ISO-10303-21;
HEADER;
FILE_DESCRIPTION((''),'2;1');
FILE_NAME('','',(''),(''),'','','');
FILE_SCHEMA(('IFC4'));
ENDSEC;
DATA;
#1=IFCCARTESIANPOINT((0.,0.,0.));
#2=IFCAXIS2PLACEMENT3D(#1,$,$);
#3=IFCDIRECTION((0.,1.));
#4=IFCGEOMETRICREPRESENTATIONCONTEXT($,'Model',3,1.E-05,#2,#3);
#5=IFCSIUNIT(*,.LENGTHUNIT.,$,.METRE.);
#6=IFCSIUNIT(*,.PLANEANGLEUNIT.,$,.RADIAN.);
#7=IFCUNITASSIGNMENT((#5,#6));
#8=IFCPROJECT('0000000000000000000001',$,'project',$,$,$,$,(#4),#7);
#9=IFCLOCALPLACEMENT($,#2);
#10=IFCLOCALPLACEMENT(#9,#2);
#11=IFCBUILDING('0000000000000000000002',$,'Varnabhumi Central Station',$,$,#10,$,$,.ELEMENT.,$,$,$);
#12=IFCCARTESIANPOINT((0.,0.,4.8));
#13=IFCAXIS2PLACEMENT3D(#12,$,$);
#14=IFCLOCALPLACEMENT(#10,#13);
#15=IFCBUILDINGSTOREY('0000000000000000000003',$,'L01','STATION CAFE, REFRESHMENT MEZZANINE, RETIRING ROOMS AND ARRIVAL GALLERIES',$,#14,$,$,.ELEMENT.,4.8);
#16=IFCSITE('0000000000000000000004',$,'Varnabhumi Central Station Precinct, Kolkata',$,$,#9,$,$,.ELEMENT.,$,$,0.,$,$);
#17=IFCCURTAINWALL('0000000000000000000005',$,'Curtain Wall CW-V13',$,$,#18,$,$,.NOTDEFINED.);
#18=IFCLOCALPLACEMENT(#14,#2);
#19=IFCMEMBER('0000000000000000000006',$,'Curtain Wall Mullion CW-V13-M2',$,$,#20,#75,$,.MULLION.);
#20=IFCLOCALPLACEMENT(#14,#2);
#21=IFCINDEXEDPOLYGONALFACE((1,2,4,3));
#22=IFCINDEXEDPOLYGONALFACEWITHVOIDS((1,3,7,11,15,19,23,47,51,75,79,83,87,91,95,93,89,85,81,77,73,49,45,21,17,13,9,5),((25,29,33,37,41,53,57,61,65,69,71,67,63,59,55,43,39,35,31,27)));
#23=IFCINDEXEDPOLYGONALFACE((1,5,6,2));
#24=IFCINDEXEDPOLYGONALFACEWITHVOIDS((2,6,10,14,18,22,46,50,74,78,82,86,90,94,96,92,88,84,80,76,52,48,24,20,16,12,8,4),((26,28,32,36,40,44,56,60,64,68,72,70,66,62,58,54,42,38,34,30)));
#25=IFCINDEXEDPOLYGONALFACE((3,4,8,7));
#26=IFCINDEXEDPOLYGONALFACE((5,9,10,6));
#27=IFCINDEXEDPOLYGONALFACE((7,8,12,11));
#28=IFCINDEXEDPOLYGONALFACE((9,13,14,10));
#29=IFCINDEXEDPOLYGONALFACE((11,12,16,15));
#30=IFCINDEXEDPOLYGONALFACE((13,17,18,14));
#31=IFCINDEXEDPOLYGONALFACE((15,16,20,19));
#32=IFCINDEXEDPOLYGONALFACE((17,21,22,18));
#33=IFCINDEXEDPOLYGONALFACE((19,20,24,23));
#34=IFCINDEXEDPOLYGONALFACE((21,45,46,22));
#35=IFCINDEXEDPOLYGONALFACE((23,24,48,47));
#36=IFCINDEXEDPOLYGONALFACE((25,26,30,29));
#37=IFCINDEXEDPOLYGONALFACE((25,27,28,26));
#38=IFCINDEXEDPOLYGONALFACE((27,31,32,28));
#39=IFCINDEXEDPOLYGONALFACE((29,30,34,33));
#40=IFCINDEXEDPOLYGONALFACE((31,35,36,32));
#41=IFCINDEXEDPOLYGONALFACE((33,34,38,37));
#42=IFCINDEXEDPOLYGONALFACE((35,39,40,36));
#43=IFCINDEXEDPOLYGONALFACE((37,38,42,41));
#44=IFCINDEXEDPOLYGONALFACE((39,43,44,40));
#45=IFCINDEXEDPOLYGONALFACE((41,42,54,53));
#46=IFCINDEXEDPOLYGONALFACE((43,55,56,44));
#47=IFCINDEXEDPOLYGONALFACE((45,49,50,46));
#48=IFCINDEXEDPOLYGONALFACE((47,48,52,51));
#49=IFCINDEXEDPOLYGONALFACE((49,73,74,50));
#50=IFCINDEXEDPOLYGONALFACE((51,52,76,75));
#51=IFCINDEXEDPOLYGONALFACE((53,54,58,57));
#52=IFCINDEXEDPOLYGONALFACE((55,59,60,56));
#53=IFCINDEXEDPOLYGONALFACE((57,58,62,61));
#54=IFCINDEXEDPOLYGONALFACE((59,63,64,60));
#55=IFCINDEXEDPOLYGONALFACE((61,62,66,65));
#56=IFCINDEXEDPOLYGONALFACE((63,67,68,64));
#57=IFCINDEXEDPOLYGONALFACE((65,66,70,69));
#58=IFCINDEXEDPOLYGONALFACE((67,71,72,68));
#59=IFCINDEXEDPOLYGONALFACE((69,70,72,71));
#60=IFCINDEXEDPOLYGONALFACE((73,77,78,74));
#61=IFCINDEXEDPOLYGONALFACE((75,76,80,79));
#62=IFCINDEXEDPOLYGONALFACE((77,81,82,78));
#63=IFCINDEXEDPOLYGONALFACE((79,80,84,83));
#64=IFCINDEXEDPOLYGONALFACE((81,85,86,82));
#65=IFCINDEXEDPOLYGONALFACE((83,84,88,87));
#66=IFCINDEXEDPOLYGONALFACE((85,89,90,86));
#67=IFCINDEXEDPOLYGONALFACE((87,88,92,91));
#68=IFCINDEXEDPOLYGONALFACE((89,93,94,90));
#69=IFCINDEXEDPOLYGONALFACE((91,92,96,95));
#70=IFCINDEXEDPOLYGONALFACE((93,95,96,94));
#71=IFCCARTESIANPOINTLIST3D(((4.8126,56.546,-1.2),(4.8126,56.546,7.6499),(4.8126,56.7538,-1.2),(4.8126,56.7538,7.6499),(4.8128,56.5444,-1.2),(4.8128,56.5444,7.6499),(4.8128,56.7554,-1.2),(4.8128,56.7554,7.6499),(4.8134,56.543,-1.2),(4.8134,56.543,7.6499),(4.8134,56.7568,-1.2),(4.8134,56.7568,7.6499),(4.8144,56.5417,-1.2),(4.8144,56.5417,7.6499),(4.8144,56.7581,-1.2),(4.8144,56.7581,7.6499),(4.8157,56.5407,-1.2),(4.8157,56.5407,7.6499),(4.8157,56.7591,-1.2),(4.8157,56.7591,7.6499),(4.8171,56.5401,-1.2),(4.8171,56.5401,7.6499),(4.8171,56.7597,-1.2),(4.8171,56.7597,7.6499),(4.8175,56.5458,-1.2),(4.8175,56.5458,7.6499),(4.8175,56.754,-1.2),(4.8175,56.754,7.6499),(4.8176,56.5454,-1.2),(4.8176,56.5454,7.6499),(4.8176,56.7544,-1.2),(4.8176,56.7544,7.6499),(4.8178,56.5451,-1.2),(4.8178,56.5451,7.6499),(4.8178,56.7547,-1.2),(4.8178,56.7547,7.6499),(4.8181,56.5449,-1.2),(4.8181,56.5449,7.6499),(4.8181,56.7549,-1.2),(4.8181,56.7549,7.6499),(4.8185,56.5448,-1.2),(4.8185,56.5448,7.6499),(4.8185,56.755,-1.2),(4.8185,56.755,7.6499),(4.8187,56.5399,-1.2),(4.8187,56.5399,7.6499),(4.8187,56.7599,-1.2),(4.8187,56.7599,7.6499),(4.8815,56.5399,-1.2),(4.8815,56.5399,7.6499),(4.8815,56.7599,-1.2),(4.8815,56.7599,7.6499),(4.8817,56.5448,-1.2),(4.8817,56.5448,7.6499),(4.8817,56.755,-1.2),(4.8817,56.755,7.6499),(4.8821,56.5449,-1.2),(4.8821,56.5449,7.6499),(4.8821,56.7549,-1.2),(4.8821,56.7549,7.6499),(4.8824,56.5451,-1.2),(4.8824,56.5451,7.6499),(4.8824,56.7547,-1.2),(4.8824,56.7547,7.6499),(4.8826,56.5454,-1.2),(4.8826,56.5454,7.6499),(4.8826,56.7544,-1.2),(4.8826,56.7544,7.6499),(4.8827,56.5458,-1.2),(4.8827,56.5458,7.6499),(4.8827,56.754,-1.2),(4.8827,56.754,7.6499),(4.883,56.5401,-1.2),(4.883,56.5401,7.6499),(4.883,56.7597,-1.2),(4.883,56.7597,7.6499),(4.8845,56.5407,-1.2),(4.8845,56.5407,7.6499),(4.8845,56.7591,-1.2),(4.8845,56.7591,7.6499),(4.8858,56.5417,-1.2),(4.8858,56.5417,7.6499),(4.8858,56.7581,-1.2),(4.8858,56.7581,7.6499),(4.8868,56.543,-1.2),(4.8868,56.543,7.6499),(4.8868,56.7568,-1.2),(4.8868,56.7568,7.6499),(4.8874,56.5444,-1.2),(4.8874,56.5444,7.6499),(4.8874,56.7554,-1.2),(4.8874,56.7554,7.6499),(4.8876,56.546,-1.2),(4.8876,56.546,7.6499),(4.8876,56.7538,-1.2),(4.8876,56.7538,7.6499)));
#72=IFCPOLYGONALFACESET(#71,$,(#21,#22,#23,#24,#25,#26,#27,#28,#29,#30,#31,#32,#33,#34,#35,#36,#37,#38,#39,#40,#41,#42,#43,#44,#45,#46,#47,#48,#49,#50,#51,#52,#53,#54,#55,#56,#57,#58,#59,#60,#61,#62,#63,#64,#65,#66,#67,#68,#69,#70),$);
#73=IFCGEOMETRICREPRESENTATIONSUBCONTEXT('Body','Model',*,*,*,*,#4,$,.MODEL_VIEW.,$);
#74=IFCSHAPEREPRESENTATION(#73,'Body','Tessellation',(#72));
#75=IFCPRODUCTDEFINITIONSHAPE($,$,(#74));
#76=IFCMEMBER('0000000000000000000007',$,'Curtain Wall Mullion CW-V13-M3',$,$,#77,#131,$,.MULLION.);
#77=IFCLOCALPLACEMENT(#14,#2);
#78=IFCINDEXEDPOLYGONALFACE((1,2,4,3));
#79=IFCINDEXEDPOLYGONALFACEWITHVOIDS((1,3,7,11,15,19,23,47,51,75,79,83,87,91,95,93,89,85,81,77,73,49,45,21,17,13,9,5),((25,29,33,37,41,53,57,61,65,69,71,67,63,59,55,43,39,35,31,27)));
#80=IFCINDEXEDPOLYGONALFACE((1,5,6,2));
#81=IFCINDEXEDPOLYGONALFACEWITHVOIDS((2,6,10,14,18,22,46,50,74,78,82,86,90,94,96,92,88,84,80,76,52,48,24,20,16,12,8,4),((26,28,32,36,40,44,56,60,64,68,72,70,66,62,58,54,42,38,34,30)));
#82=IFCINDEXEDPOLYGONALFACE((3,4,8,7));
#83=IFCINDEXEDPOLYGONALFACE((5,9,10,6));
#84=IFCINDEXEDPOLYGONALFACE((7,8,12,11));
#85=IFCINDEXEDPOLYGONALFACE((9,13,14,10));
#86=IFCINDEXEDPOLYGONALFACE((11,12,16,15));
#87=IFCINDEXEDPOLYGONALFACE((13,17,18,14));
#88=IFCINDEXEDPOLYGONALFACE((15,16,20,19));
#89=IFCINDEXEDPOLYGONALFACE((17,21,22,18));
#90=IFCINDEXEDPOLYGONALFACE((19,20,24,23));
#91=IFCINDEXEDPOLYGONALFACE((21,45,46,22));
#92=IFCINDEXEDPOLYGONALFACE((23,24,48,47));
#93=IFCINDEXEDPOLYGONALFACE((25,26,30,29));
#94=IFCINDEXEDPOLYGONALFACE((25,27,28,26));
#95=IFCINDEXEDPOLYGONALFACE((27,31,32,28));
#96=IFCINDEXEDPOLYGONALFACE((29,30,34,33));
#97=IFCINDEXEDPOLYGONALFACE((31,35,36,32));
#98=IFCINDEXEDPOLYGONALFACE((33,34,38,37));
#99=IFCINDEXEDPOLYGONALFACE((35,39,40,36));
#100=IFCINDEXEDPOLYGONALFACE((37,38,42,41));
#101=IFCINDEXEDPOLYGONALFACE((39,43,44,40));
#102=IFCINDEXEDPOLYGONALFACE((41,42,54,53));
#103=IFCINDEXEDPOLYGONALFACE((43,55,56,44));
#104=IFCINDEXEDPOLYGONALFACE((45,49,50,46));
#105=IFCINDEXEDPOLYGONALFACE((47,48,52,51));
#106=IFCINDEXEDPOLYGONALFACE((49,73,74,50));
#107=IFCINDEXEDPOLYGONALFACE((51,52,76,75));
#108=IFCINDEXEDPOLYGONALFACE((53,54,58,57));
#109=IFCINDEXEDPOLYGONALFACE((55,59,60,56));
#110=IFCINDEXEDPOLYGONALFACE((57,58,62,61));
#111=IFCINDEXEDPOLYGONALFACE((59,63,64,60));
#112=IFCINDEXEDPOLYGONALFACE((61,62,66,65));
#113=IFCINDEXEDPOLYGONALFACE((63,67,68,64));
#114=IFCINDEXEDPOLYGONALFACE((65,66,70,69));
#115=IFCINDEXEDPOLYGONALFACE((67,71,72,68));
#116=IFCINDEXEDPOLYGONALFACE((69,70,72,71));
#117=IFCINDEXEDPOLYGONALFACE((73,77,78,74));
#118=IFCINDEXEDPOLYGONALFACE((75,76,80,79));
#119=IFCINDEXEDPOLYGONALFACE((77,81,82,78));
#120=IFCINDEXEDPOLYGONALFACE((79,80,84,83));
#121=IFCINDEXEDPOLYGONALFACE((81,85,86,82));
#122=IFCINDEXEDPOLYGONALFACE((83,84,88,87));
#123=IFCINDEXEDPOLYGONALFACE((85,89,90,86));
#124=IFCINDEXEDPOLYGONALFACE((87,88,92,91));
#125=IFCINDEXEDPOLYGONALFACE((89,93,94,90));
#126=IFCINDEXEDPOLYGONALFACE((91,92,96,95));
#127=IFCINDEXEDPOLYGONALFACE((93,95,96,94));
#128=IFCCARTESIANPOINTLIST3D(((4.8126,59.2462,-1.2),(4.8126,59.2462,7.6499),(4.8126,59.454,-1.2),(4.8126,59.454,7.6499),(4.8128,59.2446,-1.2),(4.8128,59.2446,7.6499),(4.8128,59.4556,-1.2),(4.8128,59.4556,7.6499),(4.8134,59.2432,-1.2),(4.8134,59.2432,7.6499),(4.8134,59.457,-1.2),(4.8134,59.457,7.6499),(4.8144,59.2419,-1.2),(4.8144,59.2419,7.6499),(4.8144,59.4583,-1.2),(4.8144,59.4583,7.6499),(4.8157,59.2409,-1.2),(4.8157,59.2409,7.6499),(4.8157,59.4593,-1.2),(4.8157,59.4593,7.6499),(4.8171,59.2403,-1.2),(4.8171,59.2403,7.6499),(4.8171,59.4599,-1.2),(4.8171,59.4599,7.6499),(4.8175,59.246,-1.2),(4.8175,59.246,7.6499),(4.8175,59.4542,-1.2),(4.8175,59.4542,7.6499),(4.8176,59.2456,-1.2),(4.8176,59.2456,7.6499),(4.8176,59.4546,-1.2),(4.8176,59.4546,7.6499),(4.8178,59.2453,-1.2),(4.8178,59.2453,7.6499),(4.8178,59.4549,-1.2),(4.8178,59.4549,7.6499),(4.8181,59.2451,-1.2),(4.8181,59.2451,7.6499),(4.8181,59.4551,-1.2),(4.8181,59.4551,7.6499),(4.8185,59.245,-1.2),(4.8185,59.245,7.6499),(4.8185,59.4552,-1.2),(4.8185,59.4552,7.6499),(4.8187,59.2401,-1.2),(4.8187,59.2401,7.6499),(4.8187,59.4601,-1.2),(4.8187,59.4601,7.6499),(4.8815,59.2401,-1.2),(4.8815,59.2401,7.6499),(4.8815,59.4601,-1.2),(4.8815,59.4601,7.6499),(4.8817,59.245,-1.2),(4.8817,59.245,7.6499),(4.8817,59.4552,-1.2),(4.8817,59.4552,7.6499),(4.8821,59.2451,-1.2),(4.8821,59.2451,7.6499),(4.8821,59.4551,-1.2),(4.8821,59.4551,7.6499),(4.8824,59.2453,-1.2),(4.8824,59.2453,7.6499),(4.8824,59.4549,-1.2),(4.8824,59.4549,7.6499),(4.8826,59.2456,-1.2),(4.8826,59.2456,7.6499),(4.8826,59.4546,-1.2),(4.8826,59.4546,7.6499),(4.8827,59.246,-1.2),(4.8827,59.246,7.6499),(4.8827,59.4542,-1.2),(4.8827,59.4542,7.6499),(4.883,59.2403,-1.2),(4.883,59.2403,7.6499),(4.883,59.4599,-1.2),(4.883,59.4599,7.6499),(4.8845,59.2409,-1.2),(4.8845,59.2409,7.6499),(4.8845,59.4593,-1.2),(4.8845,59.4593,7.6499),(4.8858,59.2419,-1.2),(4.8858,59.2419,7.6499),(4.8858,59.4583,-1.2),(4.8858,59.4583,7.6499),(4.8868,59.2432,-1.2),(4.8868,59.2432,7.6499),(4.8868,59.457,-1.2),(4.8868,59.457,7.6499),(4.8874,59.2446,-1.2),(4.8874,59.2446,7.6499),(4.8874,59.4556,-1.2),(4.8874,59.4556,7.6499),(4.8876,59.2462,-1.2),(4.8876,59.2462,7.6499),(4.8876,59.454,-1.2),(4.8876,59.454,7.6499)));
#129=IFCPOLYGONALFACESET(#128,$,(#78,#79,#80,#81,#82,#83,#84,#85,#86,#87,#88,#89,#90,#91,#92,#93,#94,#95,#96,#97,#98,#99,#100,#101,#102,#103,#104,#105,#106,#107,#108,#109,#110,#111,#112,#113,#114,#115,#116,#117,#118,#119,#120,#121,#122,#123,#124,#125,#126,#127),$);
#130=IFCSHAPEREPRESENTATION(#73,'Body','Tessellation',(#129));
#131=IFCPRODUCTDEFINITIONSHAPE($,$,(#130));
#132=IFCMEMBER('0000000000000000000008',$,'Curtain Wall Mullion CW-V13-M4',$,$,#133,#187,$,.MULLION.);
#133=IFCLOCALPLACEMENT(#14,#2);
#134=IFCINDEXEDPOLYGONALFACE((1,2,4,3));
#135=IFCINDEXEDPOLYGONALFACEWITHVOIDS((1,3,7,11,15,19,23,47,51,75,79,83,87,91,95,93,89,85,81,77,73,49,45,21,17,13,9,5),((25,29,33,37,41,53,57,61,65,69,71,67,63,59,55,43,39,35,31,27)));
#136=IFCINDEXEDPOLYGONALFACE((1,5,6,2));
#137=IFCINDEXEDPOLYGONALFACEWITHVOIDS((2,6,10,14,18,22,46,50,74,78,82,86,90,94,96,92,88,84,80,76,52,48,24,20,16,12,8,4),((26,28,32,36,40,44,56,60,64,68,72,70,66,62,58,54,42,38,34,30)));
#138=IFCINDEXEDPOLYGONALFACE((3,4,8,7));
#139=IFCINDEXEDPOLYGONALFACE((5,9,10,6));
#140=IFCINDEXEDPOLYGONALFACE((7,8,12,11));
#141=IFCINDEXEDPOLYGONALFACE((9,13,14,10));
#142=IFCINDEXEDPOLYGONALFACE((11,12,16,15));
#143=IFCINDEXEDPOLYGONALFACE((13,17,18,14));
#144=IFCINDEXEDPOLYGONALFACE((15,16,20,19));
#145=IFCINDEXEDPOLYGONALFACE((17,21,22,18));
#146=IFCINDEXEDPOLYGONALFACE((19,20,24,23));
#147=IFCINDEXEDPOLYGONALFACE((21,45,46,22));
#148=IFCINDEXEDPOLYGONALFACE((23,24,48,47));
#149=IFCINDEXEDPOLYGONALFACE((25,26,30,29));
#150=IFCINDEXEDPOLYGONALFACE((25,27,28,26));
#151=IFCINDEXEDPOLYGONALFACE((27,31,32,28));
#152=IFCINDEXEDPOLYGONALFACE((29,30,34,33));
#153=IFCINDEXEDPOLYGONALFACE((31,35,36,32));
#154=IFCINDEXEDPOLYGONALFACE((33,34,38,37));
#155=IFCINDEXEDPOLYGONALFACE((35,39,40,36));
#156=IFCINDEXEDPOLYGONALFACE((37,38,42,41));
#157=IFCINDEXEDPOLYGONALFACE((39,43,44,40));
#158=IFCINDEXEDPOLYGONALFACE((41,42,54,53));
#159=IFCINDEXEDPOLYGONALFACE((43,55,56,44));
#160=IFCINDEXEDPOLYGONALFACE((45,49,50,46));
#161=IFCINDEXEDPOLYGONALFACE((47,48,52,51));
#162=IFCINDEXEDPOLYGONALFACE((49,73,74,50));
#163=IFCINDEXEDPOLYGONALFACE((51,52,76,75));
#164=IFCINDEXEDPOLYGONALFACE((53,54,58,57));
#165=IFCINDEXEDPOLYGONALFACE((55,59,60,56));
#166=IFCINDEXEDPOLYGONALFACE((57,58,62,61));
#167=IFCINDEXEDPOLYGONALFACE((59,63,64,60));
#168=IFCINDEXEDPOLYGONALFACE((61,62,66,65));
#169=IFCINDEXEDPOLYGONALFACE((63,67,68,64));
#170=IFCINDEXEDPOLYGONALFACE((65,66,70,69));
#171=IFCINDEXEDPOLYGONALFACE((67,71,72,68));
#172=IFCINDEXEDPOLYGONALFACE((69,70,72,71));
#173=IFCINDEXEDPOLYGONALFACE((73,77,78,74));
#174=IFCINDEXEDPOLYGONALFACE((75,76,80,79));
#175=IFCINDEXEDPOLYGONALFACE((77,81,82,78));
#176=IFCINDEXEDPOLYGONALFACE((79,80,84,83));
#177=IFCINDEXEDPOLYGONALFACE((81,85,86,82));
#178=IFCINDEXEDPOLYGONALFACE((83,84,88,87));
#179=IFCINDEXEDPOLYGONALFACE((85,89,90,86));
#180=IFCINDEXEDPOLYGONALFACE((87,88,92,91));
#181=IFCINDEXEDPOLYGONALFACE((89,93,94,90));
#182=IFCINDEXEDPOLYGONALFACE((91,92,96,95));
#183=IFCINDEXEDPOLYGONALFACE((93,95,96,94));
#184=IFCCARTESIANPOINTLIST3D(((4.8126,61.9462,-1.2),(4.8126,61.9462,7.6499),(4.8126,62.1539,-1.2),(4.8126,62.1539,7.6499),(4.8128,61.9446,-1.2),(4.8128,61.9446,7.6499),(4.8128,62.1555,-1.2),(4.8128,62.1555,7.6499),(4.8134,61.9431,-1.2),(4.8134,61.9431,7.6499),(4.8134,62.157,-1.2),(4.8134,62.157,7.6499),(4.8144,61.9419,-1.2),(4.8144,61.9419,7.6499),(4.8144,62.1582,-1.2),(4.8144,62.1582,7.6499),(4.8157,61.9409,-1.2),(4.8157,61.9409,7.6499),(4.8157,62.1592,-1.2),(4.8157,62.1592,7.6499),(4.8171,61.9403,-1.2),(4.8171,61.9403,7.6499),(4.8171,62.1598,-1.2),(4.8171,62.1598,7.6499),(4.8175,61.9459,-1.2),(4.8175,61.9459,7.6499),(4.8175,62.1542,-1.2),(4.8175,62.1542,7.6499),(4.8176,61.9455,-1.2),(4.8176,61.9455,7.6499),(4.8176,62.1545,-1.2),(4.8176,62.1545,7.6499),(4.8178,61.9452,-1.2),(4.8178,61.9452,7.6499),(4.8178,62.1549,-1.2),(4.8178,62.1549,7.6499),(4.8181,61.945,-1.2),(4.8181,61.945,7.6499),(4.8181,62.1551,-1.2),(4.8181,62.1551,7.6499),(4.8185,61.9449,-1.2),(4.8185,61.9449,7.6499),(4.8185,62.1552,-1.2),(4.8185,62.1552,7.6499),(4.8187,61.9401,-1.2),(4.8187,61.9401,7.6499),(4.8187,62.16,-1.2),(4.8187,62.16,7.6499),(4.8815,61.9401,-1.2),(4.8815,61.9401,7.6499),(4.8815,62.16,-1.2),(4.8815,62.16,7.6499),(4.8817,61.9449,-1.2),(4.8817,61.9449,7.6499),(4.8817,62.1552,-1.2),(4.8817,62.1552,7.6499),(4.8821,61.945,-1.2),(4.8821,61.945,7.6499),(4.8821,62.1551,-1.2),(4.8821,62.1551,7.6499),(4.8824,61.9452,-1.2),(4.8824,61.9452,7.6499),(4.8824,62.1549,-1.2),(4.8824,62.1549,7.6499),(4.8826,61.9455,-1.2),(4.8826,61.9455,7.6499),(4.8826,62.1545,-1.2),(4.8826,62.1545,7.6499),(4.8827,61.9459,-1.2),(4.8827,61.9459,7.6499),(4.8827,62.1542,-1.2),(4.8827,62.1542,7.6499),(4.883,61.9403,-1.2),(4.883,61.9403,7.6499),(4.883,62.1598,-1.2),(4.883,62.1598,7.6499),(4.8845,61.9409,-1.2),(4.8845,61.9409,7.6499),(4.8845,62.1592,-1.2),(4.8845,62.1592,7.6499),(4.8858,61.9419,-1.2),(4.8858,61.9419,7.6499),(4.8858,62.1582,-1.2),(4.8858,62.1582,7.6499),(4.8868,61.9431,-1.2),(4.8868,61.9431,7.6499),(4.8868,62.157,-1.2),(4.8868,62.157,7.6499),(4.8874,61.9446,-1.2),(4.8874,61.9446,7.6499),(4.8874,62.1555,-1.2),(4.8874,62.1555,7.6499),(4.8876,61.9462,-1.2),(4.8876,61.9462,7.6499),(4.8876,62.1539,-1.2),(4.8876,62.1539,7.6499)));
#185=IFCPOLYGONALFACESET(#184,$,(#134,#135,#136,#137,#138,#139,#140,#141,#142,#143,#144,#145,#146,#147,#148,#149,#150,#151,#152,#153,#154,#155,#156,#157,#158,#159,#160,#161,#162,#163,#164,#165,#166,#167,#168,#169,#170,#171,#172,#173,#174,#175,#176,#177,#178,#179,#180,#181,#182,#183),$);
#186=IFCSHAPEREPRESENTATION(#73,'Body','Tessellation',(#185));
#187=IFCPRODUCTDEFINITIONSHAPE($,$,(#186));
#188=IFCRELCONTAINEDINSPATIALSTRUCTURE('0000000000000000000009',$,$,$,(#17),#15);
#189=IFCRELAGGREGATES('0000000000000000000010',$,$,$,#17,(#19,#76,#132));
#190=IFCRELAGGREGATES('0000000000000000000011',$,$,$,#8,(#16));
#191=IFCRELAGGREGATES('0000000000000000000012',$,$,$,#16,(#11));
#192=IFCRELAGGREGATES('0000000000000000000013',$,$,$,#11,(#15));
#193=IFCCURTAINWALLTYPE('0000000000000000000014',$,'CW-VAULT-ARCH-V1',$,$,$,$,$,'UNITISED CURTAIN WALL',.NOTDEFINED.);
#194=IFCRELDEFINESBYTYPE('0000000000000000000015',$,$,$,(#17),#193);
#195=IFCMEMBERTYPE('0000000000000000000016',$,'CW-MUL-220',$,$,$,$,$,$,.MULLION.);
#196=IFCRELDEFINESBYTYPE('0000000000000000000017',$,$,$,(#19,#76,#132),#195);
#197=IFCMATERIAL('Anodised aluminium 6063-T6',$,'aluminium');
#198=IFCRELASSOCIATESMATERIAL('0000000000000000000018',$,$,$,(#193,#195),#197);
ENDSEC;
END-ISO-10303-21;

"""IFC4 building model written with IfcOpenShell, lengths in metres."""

from ifc_helpers import new_model, si_unit, direction, frame, origin, origin_2d, place, context, subcontext, project, spatial, hollow_rectangle, extrude, material, material_profile, profile_set, type_object, element, aggregate, save


model = new_model("IFC4")

# Units and contexts
model_context = context("Model", 3, precision=1e-05, world=origin(), true_north=direction((0.0, 1.0)))
body_context = subcontext(model_context, "Body", "Model", "MODEL_VIEW")
ifc_project = project(units=[si_unit("LENGTHUNIT", "METRE"), si_unit("PLANEANGLEUNIT", "RADIAN")], contexts=[model_context])

# Site, building, storey
site_placement = place(None, origin())
site = spatial("IfcSite", under=ifc_project, at=site_placement, Name="Varnabhumi Central Station Precinct, Kolkata", CompositionType="ELEMENT", RefElevation=0.0)
building_placement = place(site_placement, origin())
building = spatial("IfcBuilding", under=site, at=building_placement, Name="Varnabhumi Central Station", CompositionType="ELEMENT")
storey_placement = place(building_placement, frame((0.0, 0.0, 4.8)))
storey = spatial("IfcBuildingStorey", under=building, at=storey_placement, Name="L01", Description="STATION CAFE, REFRESHMENT MEZZANINE, RETIRING ROOMS AND ARRIVAL GALLERIES", CompositionType="ELEMENT", Elevation=4.8)

# Shared definitions
ifc_material_1 = material(Name="Anodised aluminium 6063-T6", Category="aluminium")
curtain_wall_type = type_object("IfcCurtainWallType", Name="CW-VAULT-ARCH-V1", ElementType="UNITISED CURTAIN WALL", PredefinedType="NOTDEFINED", material=ifc_material_1)
ifc_material_profile_1 = material_profile(ifc_material_1, hollow_rectangle(XDim=0.075, YDim=0.22, WallThickness=0.0049, InnerFilletRadius=0.001, OuterFilletRadius=0.0061, at=origin_2d()), Name="Anodised aluminium 6063-T6", Category="aluminium")
ifc_profile_set_1 = profile_set([ifc_material_profile_1], Name="Anodised aluminium 6063-T6")
member_type_1 = type_object("IfcMemberType", Name="CW-MUL-220", PredefinedType="MULLION", material=ifc_profile_set_1)

# Curtain wall, members
curtain_wall_1_placement = place(storey_placement, origin())
curtain_wall_1 = element("IfcCurtainWall", 1, at=curtain_wall_1_placement, inside=storey, type_object=curtain_wall_type, Name="Curtain Wall CW-V13", PredefinedType="NOTDEFINED")
member_1_placement = place(storey_placement, frame((4.8501, 56.6499, -1.2), z_axis=(0.0, 0.0, 1.0), x_axis=(1.0, 0.0, 0.0)))
member_1 = element("IfcMember", 2, at=member_1_placement, type_object=member_type_1, Name="Curtain Wall Mullion CW-V13-M2", PredefinedType="MULLION", context=body_context, shape_type="SweptSolid", body=[
    extrude(hollow_rectangle(XDim=0.075, YDim=0.22, WallThickness=0.0049, InnerFilletRadius=0.001, OuterFilletRadius=0.0061, at=origin_2d()), origin(), (0.0, 0.0, 1.0), 8.8499),
])
member_2_placement = place(storey_placement, frame((4.8501, 59.3501, -1.2), z_axis=(0.0, 0.0, 1.0), x_axis=(1.0, 0.0, 0.0)))
member_2 = element("IfcMember", 3, at=member_2_placement, type_object=member_type_1, Name="Curtain Wall Mullion CW-V13-M3", PredefinedType="MULLION", context=body_context, shape_type="SweptSolid", body=[
    extrude(hollow_rectangle(XDim=0.075, YDim=0.22, WallThickness=0.0049, InnerFilletRadius=0.001, OuterFilletRadius=0.0061, at=origin_2d()), origin(), (0.0, 0.0, 1.0), 8.8499),
])
member_3_placement = place(storey_placement, frame((4.8501, 62.05, -1.2), z_axis=(0.0, 0.0, 1.0), x_axis=(1.0, 0.0, 0.0)))
member_3 = element("IfcMember", 4, at=member_3_placement, type_object=member_type_1, Name="Curtain Wall Mullion CW-V13-M4", PredefinedType="MULLION", context=body_context, shape_type="SweptSolid", body=[
    extrude(hollow_rectangle(XDim=0.075, YDim=0.22, WallThickness=0.0049, InnerFilletRadius=0.001, OuterFilletRadius=0.0061, at=origin_2d()), origin(), (0.0, 0.0, 1.0), 8.8499),
])

aggregate(curtain_wall_1, [member_1, member_2, member_3])

save(model, "model.ifc")
